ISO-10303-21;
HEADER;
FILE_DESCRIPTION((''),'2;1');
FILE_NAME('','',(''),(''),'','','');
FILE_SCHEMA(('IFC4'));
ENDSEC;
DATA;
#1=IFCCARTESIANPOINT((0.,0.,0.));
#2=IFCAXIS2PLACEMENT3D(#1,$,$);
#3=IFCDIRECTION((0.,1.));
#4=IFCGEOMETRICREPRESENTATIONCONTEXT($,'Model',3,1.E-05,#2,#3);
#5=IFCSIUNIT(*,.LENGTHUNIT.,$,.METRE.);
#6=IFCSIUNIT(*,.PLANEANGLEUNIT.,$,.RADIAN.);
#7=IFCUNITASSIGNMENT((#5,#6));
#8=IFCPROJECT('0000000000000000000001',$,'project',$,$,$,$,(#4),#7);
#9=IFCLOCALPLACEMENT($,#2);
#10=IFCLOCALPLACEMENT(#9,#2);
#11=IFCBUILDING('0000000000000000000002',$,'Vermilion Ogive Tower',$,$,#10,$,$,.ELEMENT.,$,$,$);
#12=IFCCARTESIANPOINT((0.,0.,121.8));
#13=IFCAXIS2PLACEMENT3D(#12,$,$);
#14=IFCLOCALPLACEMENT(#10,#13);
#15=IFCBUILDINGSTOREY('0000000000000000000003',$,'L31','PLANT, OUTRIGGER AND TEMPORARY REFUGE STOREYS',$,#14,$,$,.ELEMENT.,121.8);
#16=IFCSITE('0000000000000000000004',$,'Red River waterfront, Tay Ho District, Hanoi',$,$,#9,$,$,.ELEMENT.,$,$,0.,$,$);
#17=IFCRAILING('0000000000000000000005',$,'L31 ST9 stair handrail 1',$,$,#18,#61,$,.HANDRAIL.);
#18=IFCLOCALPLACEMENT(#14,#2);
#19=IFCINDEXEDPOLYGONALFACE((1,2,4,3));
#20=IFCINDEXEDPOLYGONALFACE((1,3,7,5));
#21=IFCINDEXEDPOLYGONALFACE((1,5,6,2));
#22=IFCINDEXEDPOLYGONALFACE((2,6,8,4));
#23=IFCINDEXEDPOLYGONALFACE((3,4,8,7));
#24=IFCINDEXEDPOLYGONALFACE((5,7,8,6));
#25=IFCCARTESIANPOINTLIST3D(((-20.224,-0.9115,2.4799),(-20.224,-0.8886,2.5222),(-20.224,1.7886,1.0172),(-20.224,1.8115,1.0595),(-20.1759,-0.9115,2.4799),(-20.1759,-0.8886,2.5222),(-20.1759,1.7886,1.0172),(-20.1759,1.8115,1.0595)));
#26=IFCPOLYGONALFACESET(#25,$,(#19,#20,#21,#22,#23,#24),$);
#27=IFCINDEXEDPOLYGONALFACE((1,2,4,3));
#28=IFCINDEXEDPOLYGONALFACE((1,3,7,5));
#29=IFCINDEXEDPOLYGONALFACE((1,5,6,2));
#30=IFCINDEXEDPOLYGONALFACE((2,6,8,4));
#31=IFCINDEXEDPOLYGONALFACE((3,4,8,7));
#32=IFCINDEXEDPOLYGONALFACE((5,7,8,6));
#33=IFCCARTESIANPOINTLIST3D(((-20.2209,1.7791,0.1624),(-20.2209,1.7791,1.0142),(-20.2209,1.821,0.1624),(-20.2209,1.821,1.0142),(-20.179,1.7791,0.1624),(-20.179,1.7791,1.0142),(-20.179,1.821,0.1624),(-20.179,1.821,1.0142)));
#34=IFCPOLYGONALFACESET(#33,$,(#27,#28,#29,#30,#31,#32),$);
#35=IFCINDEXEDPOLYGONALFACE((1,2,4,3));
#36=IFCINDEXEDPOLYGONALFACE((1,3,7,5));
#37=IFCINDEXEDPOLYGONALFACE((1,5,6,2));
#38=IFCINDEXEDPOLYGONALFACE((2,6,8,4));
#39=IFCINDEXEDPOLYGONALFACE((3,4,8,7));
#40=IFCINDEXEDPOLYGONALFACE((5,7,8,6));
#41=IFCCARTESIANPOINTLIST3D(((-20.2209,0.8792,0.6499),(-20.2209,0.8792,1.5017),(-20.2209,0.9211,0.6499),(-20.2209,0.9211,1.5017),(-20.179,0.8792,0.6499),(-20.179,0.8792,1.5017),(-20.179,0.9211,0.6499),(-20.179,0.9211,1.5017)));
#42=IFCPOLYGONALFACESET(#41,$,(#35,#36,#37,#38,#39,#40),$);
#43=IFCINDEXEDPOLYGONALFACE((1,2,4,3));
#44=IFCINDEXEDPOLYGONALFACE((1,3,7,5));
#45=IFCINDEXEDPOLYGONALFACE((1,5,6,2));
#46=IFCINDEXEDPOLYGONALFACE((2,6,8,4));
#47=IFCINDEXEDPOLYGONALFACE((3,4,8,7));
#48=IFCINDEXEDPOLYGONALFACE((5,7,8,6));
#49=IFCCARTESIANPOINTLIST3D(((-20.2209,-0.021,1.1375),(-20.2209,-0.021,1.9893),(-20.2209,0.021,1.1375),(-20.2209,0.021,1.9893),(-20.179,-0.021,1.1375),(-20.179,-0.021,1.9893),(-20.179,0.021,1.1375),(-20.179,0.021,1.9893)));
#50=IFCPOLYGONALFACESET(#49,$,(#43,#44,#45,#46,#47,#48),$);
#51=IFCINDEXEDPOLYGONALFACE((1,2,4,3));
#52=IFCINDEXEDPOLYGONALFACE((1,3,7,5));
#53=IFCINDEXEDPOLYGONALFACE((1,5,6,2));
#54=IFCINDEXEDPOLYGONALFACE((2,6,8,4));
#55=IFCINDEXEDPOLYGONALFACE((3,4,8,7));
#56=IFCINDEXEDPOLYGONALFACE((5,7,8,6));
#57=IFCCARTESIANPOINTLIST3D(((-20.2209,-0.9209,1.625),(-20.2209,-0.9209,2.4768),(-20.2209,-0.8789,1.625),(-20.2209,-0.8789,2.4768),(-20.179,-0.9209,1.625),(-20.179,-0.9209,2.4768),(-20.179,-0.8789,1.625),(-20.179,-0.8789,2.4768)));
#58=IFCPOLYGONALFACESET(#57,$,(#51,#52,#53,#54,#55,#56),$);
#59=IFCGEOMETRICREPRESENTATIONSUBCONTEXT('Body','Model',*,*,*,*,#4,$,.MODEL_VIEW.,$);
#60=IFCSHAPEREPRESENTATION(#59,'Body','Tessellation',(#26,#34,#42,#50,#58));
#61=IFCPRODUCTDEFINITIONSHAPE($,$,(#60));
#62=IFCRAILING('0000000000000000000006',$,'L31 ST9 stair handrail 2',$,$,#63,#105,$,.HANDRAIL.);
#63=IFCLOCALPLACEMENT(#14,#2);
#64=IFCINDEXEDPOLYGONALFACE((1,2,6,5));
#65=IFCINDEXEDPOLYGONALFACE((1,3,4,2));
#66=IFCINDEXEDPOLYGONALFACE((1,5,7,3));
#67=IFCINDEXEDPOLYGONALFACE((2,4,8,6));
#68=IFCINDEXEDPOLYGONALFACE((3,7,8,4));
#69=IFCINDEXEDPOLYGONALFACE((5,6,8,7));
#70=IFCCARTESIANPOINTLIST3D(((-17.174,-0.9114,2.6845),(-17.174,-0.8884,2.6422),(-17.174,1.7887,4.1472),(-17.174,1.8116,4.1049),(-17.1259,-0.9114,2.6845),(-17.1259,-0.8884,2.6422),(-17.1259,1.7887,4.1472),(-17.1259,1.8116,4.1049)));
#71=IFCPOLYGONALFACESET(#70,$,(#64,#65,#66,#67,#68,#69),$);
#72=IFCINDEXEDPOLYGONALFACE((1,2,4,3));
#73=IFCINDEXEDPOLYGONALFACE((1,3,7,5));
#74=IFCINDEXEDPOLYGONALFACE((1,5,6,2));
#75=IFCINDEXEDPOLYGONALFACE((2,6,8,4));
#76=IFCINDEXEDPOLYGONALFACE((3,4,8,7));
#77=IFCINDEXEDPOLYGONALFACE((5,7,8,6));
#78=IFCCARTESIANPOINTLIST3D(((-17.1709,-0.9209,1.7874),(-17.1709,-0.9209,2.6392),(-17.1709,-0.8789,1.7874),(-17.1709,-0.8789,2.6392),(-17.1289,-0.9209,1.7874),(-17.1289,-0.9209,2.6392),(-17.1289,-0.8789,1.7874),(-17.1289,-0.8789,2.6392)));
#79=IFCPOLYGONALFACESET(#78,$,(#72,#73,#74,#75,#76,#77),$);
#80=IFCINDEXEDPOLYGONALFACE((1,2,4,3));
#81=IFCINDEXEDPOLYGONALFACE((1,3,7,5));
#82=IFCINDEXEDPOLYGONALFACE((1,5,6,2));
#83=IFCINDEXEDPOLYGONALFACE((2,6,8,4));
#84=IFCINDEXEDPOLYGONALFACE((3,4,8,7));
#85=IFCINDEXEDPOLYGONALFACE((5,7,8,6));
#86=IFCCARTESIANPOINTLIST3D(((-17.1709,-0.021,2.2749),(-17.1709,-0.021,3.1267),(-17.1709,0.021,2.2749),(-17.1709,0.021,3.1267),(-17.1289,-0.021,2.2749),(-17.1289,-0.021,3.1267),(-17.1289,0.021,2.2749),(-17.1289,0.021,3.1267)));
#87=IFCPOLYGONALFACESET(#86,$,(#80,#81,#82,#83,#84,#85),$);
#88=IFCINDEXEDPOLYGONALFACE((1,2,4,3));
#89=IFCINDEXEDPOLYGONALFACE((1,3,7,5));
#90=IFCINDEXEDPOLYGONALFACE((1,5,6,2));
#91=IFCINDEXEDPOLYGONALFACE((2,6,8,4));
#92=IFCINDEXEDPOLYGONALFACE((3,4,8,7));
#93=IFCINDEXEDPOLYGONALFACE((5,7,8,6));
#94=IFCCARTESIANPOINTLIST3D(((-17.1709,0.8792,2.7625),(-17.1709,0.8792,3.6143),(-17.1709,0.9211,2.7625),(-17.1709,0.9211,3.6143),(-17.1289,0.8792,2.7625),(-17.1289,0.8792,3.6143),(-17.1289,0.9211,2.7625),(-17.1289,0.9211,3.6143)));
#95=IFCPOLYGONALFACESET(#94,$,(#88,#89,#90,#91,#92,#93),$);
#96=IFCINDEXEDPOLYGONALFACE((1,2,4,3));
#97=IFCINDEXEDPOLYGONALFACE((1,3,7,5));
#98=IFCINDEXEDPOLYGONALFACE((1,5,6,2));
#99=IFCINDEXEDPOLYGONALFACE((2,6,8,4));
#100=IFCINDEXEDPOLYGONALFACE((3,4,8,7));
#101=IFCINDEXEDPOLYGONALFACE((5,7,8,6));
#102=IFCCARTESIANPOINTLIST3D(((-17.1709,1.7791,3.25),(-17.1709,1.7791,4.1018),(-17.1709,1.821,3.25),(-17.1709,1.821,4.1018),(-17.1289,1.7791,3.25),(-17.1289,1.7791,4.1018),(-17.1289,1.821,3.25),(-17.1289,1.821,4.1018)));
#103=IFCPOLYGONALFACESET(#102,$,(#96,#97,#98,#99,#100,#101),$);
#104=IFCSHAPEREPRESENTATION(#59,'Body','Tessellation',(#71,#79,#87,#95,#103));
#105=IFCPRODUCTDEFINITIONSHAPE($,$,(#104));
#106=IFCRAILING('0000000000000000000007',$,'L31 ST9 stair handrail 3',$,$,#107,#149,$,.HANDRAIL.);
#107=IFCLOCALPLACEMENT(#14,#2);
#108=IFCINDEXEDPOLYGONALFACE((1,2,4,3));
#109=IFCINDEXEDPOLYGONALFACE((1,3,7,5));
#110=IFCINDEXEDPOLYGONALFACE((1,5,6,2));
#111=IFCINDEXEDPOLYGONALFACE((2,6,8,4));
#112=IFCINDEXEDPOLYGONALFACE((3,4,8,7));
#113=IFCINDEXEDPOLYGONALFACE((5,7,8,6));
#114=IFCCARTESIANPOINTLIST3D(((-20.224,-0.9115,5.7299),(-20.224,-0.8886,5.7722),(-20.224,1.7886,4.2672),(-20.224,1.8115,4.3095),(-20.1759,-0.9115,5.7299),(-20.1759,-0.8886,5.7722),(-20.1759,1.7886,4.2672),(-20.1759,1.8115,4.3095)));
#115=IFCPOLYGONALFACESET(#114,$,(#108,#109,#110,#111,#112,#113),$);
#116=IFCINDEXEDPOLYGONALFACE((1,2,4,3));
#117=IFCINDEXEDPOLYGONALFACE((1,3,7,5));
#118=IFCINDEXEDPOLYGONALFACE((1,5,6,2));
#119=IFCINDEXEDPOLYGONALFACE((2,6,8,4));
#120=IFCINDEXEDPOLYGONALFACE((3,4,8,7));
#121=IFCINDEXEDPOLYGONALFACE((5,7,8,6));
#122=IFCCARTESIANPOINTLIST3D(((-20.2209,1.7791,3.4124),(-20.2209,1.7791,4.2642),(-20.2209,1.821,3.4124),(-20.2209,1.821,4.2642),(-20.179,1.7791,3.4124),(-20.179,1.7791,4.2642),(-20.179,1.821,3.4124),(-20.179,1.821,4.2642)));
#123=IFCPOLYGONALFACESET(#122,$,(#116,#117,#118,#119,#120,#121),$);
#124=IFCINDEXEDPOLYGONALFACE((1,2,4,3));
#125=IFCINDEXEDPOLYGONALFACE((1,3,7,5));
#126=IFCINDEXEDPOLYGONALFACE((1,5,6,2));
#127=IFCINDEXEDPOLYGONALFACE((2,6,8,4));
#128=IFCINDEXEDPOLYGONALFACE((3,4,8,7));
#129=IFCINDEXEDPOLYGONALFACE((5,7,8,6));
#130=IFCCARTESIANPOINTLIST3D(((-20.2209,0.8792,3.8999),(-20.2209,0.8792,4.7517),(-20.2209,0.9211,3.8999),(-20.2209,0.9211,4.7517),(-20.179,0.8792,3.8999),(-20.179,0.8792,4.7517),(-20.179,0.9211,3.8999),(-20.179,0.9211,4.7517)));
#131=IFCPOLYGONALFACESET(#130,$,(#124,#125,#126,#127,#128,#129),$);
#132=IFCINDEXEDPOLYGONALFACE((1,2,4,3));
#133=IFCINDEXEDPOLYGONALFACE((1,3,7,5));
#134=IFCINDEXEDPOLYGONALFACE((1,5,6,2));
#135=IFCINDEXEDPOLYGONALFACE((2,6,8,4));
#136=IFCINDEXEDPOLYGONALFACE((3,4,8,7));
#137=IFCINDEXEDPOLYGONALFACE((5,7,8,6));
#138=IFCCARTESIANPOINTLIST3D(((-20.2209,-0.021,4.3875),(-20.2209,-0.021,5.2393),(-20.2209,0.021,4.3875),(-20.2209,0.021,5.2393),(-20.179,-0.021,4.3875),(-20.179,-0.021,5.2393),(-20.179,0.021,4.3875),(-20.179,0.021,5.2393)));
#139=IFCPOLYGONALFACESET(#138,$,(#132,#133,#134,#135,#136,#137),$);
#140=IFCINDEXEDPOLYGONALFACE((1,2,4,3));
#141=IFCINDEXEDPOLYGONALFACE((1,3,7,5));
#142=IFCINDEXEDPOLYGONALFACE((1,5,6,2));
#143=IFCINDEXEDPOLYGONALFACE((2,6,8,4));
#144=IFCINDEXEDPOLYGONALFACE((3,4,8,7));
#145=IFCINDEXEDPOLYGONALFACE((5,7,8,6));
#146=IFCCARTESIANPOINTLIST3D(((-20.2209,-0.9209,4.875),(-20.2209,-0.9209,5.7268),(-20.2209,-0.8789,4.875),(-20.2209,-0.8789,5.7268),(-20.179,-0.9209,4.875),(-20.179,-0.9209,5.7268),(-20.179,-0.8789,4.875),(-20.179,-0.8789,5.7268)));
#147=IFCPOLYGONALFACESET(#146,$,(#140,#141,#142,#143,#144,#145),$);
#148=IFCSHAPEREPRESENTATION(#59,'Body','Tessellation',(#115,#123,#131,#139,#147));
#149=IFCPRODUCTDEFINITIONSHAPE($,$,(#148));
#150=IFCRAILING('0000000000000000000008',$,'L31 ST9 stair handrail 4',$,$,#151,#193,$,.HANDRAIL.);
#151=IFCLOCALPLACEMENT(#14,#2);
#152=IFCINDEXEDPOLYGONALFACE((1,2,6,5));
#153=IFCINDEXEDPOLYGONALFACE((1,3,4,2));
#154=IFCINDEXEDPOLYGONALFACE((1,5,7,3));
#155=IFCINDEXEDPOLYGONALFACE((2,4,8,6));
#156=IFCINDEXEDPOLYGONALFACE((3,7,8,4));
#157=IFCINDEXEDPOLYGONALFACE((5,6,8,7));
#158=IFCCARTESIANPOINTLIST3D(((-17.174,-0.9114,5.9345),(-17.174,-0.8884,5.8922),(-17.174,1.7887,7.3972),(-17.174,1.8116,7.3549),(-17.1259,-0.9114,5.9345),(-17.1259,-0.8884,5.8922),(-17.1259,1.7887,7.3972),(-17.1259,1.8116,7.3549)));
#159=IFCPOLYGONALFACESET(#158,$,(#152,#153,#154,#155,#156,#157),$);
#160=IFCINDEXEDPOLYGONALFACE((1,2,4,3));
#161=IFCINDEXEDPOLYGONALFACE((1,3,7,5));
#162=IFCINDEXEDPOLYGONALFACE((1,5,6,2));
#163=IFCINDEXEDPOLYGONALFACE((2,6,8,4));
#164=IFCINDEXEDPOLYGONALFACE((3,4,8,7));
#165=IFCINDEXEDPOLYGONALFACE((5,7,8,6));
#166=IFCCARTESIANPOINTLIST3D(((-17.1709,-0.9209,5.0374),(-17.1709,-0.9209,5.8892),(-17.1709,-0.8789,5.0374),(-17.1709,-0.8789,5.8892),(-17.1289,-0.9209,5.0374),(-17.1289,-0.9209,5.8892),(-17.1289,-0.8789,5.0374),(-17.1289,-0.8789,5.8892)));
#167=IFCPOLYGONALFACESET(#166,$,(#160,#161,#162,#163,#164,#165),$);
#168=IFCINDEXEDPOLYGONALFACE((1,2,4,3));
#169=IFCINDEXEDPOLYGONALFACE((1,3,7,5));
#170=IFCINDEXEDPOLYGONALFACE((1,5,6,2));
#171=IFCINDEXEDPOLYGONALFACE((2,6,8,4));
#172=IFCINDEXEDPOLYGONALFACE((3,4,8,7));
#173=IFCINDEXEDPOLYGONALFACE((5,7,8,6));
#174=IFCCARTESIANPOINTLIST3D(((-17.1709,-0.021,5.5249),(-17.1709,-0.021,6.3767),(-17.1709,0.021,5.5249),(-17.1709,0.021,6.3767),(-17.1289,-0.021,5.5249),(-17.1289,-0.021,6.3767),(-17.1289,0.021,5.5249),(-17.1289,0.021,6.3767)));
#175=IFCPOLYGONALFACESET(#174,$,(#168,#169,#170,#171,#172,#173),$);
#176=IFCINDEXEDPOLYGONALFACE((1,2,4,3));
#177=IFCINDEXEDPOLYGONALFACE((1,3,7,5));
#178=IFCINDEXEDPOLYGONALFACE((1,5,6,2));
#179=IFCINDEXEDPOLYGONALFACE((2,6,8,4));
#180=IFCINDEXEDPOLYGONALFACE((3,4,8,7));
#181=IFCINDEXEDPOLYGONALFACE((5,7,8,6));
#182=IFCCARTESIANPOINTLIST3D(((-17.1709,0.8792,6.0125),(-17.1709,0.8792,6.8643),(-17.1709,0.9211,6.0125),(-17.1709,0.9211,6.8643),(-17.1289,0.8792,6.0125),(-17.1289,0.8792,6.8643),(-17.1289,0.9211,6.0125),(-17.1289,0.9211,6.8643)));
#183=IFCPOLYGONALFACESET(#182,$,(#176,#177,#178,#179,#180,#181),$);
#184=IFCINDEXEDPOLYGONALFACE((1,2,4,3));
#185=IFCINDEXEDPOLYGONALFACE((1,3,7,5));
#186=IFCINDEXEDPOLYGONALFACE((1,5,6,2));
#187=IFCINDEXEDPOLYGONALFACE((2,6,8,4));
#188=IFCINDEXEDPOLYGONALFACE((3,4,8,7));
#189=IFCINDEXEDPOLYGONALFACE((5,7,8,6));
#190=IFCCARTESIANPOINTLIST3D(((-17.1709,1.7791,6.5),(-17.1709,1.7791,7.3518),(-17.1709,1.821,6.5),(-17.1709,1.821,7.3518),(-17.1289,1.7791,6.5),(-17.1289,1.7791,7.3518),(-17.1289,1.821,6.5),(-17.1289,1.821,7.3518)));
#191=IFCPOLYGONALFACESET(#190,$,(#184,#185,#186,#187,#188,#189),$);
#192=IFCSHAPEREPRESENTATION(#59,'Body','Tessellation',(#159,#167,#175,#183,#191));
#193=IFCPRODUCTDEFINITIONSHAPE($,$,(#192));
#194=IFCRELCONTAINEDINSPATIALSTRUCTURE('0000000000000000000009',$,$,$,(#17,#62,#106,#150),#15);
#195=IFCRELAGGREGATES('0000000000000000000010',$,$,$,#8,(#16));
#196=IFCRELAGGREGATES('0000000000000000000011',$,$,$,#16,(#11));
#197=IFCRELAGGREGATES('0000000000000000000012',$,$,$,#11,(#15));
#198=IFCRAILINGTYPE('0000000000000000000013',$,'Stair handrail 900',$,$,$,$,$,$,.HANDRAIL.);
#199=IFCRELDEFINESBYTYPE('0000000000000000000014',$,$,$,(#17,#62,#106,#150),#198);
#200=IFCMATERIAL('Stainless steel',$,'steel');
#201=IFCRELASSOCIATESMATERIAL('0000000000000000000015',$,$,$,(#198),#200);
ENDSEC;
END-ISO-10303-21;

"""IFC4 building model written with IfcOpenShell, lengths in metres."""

from ifc_helpers import new_model, si_unit, direction, frame, origin, origin_2d, place, context, subcontext, project, spatial, rectangle, extrude, material, type_object, element, save


model = new_model("IFC4")

# Units and contexts
model_context = context("Model", 3, precision=1e-05, world=origin(), true_north=direction((0.0, 1.0)))
body_context = subcontext(model_context, "Body", "Model", "MODEL_VIEW")
ifc_project = project(units=[si_unit("LENGTHUNIT", "METRE"), si_unit("PLANEANGLEUNIT", "RADIAN")], contexts=[model_context])

# Site, building, storey
site_placement = place(None, origin())
site = spatial("IfcSite", under=ifc_project, at=site_placement, Name="Red River waterfront, Tay Ho District, Hanoi", CompositionType="ELEMENT", RefElevation=0.0)
building_placement = place(site_placement, origin())
building = spatial("IfcBuilding", under=site, at=building_placement, Name="Vermilion Ogive Tower", CompositionType="ELEMENT")
storey_placement = place(building_placement, frame((0.0, 0.0, 121.8)))
storey = spatial("IfcBuildingStorey", under=building, at=storey_placement, Name="L31", Description="PLANT, OUTRIGGER AND TEMPORARY REFUGE STOREYS", CompositionType="ELEMENT", Elevation=121.8)

# Railings
ifc_material_1 = material(Name="Stainless steel", Category="steel")
railing_type_1 = type_object("IfcRailingType", Name="Stair handrail 900", PredefinedType="HANDRAIL", material=ifc_material_1)
railing_1_placement = place(storey_placement, frame((-20.2, 1.8, 0.1624)))
element("IfcRailing", 1, at=railing_1_placement, inside=storey, type_object=railing_type_1, Name="L31 ST9 stair handrail 1", PredefinedType="HANDRAIL", context=body_context, shape_type="SweptSolid", body=[
    extrude(rectangle(XDim=0.0481, YDim=0.0481, at=origin_2d()), frame((0.0, 0.0, 0.876), z_axis=(0.0, -0.879268, 0.476327), x_axis=(1.0, 0.0, 0.0)), (0.0, 0.0, 1.0), 3.0708),
    extrude(rectangle(XDim=0.042, YDim=0.042, at=origin_2d()), origin(), (0.0, 0.0, 1.0), 0.8518),
    extrude(rectangle(XDim=0.042, YDim=0.042, at=origin_2d()), frame((0.0, -0.8999, 0.4875)), (0.0, 0.0, 1.0), 0.8518),
    extrude(rectangle(XDim=0.042, YDim=0.042, at=origin_2d()), frame((0.0, -1.8, 0.9751)), (0.0, 0.0, 1.0), 0.8518),
    extrude(rectangle(XDim=0.042, YDim=0.042, at=origin_2d()), frame((0.0, -2.7, 1.4626)), (0.0, 0.0, 1.0), 0.8518),
])
railing_2_placement = place(storey_placement, frame((-17.1499, -0.8999, 1.7874)))
element("IfcRailing", 2, at=railing_2_placement, inside=storey, type_object=railing_type_1, Name="L31 ST9 stair handrail 2", PredefinedType="HANDRAIL", context=body_context, shape_type="SweptSolid", body=[
    extrude(rectangle(XDim=0.0481, YDim=0.0481, at=origin_2d()), frame((0.0, 0.0, 0.876), z_axis=(0.0, 0.879268, 0.476327), x_axis=(-1.0, 0.0, 0.0)), (0.0, 0.0, 1.0), 3.0708),
    extrude(rectangle(XDim=0.042, YDim=0.042, at=origin_2d()), origin(), (0.0, 0.0, 1.0), 0.8518),
    extrude(rectangle(XDim=0.042, YDim=0.042, at=origin_2d()), frame((0.0, 0.8999, 0.4875)), (0.0, 0.0, 1.0), 0.8518),
    extrude(rectangle(XDim=0.042, YDim=0.042, at=origin_2d()), frame((0.0, 1.8, 0.9751)), (0.0, 0.0, 1.0), 0.8518),
    extrude(rectangle(XDim=0.042, YDim=0.042, at=origin_2d()), frame((0.0, 2.7, 1.4626)), (0.0, 0.0, 1.0), 0.8518),
])
railing_3_placement = place(storey_placement, frame((-20.2, 1.8, 3.4124)))
element("IfcRailing", 3, at=railing_3_placement, inside=storey, type_object=railing_type_1, Name="L31 ST9 stair handrail 3", PredefinedType="HANDRAIL", context=body_context, shape_type="SweptSolid", body=[
    extrude(rectangle(XDim=0.0481, YDim=0.0481, at=origin_2d()), frame((0.0, 0.0, 0.876), z_axis=(0.0, -0.879268, 0.476327), x_axis=(1.0, 0.0, 0.0)), (0.0, 0.0, 1.0), 3.0708),
    extrude(rectangle(XDim=0.042, YDim=0.042, at=origin_2d()), origin(), (0.0, 0.0, 1.0), 0.8518),
    extrude(rectangle(XDim=0.042, YDim=0.042, at=origin_2d()), frame((0.0, -0.8999, 0.4875)), (0.0, 0.0, 1.0), 0.8518),
    extrude(rectangle(XDim=0.042, YDim=0.042, at=origin_2d()), frame((0.0, -1.8, 0.9751)), (0.0, 0.0, 1.0), 0.8518),
    extrude(rectangle(XDim=0.042, YDim=0.042, at=origin_2d()), frame((0.0, -2.7, 1.4626)), (0.0, 0.0, 1.0), 0.8518),
])
railing_4_placement = place(storey_placement, frame((-17.1499, -0.8999, 5.0374)))
element("IfcRailing", 4, at=railing_4_placement, inside=storey, type_object=railing_type_1, Name="L31 ST9 stair handrail 4", PredefinedType="HANDRAIL", context=body_context, shape_type="SweptSolid", body=[
    extrude(rectangle(XDim=0.0481, YDim=0.0481, at=origin_2d()), frame((0.0, 0.0, 0.876), z_axis=(0.0, 0.879268, 0.476327), x_axis=(-1.0, 0.0, 0.0)), (0.0, 0.0, 1.0), 3.0708),
    extrude(rectangle(XDim=0.042, YDim=0.042, at=origin_2d()), origin(), (0.0, 0.0, 1.0), 0.8518),
    extrude(rectangle(XDim=0.042, YDim=0.042, at=origin_2d()), frame((0.0, 0.8999, 0.4875)), (0.0, 0.0, 1.0), 0.8518),
    extrude(rectangle(XDim=0.042, YDim=0.042, at=origin_2d()), frame((0.0, 1.8, 0.9751)), (0.0, 0.0, 1.0), 0.8518),
    extrude(rectangle(XDim=0.042, YDim=0.042, at=origin_2d()), frame((0.0, 2.7, 1.4626)), (0.0, 0.0, 1.0), 0.8518),
])

save(model, "model.ifc")
